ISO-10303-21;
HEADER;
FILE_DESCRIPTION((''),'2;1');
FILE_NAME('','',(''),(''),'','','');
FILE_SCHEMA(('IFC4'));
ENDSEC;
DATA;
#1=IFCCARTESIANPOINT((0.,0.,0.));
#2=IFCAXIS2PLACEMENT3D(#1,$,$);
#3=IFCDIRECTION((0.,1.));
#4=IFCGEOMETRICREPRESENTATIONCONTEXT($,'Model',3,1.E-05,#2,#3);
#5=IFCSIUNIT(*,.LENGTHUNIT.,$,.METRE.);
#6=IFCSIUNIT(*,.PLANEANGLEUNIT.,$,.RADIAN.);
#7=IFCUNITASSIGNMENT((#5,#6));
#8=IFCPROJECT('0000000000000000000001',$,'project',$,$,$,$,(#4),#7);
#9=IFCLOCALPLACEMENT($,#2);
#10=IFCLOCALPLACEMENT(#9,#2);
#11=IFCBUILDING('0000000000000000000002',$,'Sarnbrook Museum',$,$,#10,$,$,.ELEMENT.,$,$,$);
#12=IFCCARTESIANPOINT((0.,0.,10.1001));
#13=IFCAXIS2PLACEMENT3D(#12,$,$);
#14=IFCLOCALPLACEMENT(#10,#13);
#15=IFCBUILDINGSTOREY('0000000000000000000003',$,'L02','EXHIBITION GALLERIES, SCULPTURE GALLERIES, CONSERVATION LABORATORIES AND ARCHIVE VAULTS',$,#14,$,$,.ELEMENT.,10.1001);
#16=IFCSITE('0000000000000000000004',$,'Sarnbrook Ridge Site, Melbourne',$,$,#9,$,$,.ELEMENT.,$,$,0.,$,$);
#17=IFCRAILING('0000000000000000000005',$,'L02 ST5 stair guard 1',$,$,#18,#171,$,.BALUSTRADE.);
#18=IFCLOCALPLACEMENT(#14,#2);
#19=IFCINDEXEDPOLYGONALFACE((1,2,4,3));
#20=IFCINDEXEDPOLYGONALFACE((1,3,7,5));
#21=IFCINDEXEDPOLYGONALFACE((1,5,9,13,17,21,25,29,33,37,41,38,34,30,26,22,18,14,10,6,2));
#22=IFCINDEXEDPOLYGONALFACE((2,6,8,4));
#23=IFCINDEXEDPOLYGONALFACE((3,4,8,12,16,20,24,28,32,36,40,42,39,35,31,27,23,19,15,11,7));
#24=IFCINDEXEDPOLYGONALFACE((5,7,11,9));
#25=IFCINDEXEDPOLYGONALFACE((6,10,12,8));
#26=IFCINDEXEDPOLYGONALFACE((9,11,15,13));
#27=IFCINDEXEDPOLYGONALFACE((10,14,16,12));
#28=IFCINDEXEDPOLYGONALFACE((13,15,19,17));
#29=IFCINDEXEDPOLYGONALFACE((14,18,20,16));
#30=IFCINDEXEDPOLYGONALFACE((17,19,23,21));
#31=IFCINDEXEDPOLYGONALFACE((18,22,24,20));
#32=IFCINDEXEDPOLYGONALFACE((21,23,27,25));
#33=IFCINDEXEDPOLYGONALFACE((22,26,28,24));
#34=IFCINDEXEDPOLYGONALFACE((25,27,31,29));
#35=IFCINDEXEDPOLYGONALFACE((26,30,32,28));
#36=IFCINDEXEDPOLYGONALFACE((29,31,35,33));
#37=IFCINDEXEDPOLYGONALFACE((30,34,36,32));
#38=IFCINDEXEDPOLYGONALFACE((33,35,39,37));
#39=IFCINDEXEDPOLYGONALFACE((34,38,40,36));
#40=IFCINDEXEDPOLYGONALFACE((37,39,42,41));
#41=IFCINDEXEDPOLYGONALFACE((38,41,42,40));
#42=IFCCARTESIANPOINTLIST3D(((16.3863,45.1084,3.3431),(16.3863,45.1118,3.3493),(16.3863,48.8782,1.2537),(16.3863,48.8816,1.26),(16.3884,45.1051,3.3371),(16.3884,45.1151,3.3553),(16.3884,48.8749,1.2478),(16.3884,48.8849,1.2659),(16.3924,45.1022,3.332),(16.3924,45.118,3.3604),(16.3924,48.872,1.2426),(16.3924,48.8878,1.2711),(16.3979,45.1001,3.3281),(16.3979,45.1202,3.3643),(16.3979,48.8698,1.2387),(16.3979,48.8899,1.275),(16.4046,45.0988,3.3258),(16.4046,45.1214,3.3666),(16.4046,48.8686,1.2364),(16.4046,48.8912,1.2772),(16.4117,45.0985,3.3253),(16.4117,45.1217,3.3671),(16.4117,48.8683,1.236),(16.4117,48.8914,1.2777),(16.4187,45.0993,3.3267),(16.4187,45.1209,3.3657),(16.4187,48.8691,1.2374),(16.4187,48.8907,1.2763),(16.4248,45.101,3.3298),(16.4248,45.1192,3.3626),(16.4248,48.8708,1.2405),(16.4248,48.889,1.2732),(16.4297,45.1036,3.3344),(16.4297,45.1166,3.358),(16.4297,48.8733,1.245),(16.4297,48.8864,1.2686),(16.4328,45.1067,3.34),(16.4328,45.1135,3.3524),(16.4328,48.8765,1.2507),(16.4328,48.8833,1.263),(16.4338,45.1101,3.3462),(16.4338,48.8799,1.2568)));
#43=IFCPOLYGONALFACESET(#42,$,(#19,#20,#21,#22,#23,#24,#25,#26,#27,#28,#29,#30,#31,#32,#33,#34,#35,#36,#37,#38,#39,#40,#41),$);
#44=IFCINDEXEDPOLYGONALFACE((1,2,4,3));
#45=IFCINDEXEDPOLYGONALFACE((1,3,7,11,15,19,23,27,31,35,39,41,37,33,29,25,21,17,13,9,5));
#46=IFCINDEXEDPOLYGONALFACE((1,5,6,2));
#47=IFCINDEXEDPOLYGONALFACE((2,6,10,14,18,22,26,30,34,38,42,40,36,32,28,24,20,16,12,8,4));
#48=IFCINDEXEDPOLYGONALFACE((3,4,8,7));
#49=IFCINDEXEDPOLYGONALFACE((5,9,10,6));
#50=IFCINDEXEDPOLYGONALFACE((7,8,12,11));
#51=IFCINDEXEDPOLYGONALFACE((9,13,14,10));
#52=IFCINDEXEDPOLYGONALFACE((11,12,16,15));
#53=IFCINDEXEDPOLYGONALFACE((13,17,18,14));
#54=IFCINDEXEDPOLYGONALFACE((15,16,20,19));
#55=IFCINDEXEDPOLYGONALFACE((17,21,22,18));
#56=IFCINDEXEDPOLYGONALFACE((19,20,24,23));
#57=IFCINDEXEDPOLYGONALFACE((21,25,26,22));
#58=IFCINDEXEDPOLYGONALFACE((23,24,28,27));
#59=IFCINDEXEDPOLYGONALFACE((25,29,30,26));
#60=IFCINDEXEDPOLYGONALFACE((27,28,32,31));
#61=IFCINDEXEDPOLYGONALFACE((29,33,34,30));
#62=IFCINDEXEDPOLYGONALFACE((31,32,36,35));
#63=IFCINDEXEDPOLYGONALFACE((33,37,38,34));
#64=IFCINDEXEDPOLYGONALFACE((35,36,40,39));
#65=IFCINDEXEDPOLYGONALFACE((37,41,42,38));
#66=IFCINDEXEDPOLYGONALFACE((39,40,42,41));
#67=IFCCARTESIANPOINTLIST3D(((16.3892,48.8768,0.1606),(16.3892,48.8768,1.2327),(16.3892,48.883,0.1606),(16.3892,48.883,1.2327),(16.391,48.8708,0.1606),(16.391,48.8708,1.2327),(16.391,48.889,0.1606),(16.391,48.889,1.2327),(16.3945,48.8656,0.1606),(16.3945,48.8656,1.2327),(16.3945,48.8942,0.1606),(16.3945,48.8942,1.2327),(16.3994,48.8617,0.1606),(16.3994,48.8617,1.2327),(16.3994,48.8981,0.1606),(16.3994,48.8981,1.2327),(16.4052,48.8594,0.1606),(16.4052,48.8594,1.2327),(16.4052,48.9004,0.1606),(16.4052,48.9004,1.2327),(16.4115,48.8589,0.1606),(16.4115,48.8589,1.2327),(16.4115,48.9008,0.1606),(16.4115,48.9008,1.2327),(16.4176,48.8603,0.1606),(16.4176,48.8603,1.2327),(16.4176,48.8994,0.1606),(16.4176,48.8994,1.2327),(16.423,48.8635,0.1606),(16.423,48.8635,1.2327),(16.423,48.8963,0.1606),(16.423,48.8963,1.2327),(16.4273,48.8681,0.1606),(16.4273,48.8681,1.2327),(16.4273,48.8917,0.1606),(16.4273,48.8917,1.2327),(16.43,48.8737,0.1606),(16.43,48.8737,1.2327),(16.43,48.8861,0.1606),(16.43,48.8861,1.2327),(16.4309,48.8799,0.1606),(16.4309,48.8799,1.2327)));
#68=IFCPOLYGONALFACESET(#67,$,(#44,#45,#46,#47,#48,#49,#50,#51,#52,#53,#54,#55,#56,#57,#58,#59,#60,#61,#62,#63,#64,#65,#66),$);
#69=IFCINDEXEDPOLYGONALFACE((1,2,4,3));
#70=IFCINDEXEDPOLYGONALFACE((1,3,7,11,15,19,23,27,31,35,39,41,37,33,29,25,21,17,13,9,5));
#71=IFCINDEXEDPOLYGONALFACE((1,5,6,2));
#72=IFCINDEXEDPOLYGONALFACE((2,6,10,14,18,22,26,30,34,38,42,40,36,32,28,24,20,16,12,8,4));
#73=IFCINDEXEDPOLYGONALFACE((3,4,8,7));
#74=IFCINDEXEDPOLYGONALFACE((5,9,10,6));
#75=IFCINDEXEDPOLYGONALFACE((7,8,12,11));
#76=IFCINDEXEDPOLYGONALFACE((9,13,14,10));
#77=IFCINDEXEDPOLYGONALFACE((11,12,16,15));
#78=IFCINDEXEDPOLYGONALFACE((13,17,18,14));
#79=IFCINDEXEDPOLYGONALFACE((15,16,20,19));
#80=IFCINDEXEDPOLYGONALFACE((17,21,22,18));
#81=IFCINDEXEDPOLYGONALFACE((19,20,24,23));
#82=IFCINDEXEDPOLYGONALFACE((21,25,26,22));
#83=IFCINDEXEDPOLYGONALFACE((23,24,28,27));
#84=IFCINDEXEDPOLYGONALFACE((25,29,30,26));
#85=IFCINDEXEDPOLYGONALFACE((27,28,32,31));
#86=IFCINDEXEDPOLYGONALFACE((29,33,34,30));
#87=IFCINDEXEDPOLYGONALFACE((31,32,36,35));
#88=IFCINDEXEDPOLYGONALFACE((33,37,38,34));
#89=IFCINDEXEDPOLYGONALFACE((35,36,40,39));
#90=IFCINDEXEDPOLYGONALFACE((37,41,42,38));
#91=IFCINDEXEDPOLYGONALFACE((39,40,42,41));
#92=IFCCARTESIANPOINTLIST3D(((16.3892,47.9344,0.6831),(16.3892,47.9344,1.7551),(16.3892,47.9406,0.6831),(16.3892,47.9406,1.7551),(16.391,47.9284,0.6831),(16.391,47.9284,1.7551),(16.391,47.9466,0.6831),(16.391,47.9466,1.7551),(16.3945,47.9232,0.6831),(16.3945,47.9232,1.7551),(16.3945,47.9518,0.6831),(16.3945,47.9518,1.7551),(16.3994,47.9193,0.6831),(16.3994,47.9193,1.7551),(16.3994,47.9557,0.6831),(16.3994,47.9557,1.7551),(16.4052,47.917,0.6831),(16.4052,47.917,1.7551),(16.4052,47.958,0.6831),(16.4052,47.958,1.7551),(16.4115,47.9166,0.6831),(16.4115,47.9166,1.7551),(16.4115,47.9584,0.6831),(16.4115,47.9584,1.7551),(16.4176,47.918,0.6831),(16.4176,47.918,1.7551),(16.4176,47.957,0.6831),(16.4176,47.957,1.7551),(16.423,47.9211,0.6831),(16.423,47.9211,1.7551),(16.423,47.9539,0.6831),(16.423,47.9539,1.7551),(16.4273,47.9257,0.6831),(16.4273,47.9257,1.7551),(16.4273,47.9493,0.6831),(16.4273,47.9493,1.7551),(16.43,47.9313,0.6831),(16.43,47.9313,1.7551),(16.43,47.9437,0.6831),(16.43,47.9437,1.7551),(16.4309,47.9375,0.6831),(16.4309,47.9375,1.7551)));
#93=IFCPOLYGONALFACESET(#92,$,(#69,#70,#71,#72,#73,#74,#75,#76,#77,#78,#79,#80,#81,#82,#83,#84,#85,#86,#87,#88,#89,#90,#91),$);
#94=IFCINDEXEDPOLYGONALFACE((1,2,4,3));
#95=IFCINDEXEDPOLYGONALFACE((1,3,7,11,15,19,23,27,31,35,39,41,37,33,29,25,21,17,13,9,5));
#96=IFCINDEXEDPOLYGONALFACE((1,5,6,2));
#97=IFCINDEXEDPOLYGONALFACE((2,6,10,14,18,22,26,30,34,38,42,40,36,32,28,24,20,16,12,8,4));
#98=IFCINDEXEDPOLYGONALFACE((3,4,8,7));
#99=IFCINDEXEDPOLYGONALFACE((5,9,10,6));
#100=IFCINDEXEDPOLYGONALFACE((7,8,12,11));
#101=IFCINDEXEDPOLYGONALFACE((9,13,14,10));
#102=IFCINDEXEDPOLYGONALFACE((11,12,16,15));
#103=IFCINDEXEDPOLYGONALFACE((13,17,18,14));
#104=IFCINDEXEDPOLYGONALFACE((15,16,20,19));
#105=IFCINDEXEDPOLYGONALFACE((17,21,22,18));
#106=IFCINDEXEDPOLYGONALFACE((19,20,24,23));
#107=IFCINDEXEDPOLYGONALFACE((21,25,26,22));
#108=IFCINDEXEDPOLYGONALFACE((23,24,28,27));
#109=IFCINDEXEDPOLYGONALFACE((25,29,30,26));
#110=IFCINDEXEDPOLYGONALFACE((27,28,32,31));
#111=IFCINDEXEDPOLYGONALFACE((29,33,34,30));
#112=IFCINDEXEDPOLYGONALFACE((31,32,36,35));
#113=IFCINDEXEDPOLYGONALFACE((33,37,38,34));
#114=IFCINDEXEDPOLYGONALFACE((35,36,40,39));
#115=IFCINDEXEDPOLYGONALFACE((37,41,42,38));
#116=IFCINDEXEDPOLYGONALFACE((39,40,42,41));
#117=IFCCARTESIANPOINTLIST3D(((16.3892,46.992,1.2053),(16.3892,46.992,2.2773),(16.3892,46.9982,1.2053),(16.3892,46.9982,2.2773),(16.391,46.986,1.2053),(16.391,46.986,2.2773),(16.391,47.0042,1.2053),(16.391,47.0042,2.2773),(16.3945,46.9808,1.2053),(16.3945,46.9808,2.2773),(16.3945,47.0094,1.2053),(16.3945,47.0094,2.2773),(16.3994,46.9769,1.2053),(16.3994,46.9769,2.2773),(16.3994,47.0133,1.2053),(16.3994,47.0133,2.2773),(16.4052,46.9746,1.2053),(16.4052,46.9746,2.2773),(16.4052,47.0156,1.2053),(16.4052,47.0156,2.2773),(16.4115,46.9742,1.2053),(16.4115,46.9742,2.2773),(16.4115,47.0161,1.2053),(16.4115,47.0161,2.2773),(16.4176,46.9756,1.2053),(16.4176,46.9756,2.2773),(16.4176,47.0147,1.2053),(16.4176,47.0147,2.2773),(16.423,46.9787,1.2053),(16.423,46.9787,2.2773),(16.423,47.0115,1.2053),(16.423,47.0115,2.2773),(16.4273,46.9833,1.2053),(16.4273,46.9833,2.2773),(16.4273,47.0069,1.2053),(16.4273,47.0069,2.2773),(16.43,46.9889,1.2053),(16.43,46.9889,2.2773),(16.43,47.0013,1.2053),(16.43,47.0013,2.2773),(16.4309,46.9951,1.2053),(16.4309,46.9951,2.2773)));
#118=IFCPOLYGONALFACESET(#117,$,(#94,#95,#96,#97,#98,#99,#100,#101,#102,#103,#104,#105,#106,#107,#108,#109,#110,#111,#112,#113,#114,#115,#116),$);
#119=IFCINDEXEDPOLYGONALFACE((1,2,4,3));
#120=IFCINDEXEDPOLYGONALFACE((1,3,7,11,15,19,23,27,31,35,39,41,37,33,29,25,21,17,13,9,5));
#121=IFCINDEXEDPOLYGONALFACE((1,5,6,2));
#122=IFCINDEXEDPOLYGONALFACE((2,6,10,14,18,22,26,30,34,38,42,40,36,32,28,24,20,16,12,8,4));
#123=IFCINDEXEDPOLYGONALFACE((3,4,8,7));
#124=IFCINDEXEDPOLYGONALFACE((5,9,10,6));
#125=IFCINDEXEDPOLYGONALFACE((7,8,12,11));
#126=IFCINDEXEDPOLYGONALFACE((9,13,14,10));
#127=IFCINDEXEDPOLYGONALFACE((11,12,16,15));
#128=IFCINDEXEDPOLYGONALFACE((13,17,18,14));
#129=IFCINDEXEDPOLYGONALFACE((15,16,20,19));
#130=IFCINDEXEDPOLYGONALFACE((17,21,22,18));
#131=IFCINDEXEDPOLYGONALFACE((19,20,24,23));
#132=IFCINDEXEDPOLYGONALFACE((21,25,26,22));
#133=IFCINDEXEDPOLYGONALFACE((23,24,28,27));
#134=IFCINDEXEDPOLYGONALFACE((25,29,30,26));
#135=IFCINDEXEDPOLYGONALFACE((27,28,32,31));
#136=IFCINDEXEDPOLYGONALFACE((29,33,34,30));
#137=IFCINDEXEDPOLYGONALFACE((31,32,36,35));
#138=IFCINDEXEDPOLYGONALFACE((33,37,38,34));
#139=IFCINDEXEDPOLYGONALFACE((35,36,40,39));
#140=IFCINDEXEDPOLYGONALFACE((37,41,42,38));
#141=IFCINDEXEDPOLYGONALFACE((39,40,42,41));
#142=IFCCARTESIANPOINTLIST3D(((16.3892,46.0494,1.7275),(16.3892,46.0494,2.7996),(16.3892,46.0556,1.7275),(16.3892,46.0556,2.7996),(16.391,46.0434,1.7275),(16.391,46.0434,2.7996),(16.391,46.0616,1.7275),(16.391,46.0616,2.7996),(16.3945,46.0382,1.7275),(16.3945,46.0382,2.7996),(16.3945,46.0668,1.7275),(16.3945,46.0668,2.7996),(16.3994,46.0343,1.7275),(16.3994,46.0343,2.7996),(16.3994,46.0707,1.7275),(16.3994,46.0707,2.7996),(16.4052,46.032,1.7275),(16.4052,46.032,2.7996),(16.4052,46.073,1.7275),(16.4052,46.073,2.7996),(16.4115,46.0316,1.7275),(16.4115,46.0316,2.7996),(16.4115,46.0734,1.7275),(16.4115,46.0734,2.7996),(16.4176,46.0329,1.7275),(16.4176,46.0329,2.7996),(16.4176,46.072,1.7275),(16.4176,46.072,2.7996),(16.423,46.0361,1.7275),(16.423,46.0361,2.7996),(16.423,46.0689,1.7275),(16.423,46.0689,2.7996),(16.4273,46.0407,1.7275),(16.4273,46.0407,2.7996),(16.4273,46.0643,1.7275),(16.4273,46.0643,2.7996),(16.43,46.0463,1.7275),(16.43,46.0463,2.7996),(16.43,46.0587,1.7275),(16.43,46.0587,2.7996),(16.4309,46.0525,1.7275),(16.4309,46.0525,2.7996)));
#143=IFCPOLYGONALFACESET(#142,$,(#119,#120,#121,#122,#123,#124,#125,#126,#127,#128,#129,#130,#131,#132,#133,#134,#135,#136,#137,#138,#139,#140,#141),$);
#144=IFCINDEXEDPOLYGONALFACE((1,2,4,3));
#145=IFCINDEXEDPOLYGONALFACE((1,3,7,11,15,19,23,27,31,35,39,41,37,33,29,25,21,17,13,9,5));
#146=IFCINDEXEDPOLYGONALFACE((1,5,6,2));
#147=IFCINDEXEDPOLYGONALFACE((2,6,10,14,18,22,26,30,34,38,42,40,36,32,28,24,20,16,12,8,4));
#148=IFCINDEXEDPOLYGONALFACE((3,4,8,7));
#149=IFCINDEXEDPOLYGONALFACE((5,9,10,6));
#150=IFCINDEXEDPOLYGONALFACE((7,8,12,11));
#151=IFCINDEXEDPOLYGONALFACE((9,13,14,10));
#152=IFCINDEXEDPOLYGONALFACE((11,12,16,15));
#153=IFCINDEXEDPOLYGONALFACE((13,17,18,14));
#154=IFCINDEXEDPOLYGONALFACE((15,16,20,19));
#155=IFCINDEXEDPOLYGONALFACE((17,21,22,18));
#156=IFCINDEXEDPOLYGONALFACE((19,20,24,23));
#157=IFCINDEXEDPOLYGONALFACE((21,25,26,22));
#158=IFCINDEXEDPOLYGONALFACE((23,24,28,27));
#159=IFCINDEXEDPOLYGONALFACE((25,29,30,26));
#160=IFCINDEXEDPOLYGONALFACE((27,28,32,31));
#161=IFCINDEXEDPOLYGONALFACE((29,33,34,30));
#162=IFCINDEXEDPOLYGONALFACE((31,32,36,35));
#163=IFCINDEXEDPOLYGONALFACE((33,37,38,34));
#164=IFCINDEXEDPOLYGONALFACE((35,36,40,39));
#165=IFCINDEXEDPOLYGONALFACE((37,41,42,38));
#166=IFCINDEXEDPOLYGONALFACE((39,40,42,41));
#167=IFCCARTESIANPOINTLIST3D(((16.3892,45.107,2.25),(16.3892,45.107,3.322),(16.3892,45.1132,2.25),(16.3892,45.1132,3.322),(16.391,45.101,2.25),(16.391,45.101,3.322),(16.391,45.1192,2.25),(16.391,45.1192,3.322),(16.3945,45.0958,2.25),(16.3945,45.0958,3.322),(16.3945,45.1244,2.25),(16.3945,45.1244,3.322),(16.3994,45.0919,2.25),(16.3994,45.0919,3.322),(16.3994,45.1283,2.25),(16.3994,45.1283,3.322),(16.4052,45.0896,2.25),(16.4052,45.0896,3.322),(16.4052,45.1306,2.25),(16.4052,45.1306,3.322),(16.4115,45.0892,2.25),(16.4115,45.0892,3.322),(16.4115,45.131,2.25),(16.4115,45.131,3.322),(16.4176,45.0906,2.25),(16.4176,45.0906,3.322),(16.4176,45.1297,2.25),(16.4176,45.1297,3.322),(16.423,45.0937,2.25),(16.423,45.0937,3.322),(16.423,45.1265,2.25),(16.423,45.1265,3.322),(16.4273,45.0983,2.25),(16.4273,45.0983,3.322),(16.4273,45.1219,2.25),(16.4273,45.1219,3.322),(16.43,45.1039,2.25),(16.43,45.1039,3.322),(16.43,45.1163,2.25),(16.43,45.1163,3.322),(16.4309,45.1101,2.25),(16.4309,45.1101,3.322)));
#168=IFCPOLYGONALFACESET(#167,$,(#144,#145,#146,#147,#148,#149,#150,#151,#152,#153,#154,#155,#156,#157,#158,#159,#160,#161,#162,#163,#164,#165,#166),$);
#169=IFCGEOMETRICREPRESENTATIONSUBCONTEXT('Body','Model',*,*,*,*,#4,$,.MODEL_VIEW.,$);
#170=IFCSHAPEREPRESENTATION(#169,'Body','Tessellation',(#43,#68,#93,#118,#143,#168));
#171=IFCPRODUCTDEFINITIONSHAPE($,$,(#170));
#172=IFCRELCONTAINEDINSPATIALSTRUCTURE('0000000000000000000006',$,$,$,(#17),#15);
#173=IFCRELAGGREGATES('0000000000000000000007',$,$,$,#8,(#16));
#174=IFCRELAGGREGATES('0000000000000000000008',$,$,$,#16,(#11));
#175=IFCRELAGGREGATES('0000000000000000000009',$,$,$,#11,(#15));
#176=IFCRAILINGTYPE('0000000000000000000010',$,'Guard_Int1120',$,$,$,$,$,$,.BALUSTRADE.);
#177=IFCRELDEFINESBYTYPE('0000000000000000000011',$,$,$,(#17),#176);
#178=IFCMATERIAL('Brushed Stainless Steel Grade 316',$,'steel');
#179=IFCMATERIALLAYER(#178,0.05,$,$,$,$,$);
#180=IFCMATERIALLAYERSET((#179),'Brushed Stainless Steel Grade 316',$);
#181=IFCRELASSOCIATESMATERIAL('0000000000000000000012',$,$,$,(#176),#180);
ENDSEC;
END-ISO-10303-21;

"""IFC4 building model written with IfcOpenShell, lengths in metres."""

from ifc_helpers import new_model, si_unit, direction, frame, origin, origin_2d, place, context, subcontext, project, spatial, circle, extrude, material, layer, layer_set, type_object, element, save


model = new_model("IFC4")

# Units and contexts
model_context = context("Model", 3, precision=1e-05, world=origin(), true_north=direction((0.0, 1.0)))
body_context = subcontext(model_context, "Body", "Model", "MODEL_VIEW")
ifc_project = project(units=[si_unit("LENGTHUNIT", "METRE"), si_unit("PLANEANGLEUNIT", "RADIAN")], contexts=[model_context])

# Site, building, storey
site_placement = place(None, origin())
site = spatial("IfcSite", under=ifc_project, at=site_placement, Name="Sarnbrook Ridge Site, Melbourne", CompositionType="ELEMENT", RefElevation=0.0)
building_placement = place(site_placement, origin())
building = spatial("IfcBuilding", under=site, at=building_placement, Name="Sarnbrook Museum", CompositionType="ELEMENT")
storey_placement = place(building_placement, frame((0.0, 0.0, 10.1001)))
storey = spatial("IfcBuildingStorey", under=building, at=storey_placement, Name="L02", Description="EXHIBITION GALLERIES, SCULPTURE GALLERIES, CONSERVATION LABORATORIES AND ARCHIVE VAULTS", CompositionType="ELEMENT", Elevation=10.1001)

# Shared definitions
ifc_material_1 = material(Name="Brushed Stainless Steel Grade 316", Category="steel")

# Railing
ifc_layer_1 = layer(ifc_material_1, 0.05)
ifc_layer_set_1 = layer_set([ifc_layer_1], Name="Brushed Stainless Steel Grade 316")
railing_type_1 = type_object("IfcRailingType", Name="Guard_Int1120", PredefinedType="BALUSTRADE", material=ifc_layer_set_1)
railing_1_placement = place(storey_placement, frame((16.4099, 48.8799, 0.1606)))
element("IfcRailing", 1, at=railing_1_placement, inside=storey, type_object=railing_type_1, Name="L02 ST5 stair guard 1", PredefinedType="BALUSTRADE", context=body_context, shape_type="SweptSolid", body=[
    extrude(circle(Radius=0.0239, at=origin_2d()), frame((0.0, 0.0, 1.0962), z_axis=(0.0, -0.874646, 0.484763), x_axis=(1.0, 0.0, 0.0)), (0.0, 0.0, 1.0), 4.3101),
    extrude(circle(Radius=0.021, at=origin_2d()), origin(), (0.0, 0.0, 1.0), 1.072),
    extrude(circle(Radius=0.021, at=origin_2d()), frame((0.0, -0.9424, 0.5225)), (0.0, 0.0, 1.0), 1.072),
    extrude(circle(Radius=0.021, at=origin_2d()), frame((0.0, -1.8848, 1.0447)), (0.0, 0.0, 1.0), 1.072),
    extrude(circle(Radius=0.021, at=origin_2d()), frame((0.0, -2.8274, 1.5669)), (0.0, 0.0, 1.0), 1.072),
    extrude(circle(Radius=0.021, at=origin_2d()), frame((0.0, -3.7698, 2.0894)), (0.0, 0.0, 1.0), 1.072),
])

save(model, "model.ifc")
